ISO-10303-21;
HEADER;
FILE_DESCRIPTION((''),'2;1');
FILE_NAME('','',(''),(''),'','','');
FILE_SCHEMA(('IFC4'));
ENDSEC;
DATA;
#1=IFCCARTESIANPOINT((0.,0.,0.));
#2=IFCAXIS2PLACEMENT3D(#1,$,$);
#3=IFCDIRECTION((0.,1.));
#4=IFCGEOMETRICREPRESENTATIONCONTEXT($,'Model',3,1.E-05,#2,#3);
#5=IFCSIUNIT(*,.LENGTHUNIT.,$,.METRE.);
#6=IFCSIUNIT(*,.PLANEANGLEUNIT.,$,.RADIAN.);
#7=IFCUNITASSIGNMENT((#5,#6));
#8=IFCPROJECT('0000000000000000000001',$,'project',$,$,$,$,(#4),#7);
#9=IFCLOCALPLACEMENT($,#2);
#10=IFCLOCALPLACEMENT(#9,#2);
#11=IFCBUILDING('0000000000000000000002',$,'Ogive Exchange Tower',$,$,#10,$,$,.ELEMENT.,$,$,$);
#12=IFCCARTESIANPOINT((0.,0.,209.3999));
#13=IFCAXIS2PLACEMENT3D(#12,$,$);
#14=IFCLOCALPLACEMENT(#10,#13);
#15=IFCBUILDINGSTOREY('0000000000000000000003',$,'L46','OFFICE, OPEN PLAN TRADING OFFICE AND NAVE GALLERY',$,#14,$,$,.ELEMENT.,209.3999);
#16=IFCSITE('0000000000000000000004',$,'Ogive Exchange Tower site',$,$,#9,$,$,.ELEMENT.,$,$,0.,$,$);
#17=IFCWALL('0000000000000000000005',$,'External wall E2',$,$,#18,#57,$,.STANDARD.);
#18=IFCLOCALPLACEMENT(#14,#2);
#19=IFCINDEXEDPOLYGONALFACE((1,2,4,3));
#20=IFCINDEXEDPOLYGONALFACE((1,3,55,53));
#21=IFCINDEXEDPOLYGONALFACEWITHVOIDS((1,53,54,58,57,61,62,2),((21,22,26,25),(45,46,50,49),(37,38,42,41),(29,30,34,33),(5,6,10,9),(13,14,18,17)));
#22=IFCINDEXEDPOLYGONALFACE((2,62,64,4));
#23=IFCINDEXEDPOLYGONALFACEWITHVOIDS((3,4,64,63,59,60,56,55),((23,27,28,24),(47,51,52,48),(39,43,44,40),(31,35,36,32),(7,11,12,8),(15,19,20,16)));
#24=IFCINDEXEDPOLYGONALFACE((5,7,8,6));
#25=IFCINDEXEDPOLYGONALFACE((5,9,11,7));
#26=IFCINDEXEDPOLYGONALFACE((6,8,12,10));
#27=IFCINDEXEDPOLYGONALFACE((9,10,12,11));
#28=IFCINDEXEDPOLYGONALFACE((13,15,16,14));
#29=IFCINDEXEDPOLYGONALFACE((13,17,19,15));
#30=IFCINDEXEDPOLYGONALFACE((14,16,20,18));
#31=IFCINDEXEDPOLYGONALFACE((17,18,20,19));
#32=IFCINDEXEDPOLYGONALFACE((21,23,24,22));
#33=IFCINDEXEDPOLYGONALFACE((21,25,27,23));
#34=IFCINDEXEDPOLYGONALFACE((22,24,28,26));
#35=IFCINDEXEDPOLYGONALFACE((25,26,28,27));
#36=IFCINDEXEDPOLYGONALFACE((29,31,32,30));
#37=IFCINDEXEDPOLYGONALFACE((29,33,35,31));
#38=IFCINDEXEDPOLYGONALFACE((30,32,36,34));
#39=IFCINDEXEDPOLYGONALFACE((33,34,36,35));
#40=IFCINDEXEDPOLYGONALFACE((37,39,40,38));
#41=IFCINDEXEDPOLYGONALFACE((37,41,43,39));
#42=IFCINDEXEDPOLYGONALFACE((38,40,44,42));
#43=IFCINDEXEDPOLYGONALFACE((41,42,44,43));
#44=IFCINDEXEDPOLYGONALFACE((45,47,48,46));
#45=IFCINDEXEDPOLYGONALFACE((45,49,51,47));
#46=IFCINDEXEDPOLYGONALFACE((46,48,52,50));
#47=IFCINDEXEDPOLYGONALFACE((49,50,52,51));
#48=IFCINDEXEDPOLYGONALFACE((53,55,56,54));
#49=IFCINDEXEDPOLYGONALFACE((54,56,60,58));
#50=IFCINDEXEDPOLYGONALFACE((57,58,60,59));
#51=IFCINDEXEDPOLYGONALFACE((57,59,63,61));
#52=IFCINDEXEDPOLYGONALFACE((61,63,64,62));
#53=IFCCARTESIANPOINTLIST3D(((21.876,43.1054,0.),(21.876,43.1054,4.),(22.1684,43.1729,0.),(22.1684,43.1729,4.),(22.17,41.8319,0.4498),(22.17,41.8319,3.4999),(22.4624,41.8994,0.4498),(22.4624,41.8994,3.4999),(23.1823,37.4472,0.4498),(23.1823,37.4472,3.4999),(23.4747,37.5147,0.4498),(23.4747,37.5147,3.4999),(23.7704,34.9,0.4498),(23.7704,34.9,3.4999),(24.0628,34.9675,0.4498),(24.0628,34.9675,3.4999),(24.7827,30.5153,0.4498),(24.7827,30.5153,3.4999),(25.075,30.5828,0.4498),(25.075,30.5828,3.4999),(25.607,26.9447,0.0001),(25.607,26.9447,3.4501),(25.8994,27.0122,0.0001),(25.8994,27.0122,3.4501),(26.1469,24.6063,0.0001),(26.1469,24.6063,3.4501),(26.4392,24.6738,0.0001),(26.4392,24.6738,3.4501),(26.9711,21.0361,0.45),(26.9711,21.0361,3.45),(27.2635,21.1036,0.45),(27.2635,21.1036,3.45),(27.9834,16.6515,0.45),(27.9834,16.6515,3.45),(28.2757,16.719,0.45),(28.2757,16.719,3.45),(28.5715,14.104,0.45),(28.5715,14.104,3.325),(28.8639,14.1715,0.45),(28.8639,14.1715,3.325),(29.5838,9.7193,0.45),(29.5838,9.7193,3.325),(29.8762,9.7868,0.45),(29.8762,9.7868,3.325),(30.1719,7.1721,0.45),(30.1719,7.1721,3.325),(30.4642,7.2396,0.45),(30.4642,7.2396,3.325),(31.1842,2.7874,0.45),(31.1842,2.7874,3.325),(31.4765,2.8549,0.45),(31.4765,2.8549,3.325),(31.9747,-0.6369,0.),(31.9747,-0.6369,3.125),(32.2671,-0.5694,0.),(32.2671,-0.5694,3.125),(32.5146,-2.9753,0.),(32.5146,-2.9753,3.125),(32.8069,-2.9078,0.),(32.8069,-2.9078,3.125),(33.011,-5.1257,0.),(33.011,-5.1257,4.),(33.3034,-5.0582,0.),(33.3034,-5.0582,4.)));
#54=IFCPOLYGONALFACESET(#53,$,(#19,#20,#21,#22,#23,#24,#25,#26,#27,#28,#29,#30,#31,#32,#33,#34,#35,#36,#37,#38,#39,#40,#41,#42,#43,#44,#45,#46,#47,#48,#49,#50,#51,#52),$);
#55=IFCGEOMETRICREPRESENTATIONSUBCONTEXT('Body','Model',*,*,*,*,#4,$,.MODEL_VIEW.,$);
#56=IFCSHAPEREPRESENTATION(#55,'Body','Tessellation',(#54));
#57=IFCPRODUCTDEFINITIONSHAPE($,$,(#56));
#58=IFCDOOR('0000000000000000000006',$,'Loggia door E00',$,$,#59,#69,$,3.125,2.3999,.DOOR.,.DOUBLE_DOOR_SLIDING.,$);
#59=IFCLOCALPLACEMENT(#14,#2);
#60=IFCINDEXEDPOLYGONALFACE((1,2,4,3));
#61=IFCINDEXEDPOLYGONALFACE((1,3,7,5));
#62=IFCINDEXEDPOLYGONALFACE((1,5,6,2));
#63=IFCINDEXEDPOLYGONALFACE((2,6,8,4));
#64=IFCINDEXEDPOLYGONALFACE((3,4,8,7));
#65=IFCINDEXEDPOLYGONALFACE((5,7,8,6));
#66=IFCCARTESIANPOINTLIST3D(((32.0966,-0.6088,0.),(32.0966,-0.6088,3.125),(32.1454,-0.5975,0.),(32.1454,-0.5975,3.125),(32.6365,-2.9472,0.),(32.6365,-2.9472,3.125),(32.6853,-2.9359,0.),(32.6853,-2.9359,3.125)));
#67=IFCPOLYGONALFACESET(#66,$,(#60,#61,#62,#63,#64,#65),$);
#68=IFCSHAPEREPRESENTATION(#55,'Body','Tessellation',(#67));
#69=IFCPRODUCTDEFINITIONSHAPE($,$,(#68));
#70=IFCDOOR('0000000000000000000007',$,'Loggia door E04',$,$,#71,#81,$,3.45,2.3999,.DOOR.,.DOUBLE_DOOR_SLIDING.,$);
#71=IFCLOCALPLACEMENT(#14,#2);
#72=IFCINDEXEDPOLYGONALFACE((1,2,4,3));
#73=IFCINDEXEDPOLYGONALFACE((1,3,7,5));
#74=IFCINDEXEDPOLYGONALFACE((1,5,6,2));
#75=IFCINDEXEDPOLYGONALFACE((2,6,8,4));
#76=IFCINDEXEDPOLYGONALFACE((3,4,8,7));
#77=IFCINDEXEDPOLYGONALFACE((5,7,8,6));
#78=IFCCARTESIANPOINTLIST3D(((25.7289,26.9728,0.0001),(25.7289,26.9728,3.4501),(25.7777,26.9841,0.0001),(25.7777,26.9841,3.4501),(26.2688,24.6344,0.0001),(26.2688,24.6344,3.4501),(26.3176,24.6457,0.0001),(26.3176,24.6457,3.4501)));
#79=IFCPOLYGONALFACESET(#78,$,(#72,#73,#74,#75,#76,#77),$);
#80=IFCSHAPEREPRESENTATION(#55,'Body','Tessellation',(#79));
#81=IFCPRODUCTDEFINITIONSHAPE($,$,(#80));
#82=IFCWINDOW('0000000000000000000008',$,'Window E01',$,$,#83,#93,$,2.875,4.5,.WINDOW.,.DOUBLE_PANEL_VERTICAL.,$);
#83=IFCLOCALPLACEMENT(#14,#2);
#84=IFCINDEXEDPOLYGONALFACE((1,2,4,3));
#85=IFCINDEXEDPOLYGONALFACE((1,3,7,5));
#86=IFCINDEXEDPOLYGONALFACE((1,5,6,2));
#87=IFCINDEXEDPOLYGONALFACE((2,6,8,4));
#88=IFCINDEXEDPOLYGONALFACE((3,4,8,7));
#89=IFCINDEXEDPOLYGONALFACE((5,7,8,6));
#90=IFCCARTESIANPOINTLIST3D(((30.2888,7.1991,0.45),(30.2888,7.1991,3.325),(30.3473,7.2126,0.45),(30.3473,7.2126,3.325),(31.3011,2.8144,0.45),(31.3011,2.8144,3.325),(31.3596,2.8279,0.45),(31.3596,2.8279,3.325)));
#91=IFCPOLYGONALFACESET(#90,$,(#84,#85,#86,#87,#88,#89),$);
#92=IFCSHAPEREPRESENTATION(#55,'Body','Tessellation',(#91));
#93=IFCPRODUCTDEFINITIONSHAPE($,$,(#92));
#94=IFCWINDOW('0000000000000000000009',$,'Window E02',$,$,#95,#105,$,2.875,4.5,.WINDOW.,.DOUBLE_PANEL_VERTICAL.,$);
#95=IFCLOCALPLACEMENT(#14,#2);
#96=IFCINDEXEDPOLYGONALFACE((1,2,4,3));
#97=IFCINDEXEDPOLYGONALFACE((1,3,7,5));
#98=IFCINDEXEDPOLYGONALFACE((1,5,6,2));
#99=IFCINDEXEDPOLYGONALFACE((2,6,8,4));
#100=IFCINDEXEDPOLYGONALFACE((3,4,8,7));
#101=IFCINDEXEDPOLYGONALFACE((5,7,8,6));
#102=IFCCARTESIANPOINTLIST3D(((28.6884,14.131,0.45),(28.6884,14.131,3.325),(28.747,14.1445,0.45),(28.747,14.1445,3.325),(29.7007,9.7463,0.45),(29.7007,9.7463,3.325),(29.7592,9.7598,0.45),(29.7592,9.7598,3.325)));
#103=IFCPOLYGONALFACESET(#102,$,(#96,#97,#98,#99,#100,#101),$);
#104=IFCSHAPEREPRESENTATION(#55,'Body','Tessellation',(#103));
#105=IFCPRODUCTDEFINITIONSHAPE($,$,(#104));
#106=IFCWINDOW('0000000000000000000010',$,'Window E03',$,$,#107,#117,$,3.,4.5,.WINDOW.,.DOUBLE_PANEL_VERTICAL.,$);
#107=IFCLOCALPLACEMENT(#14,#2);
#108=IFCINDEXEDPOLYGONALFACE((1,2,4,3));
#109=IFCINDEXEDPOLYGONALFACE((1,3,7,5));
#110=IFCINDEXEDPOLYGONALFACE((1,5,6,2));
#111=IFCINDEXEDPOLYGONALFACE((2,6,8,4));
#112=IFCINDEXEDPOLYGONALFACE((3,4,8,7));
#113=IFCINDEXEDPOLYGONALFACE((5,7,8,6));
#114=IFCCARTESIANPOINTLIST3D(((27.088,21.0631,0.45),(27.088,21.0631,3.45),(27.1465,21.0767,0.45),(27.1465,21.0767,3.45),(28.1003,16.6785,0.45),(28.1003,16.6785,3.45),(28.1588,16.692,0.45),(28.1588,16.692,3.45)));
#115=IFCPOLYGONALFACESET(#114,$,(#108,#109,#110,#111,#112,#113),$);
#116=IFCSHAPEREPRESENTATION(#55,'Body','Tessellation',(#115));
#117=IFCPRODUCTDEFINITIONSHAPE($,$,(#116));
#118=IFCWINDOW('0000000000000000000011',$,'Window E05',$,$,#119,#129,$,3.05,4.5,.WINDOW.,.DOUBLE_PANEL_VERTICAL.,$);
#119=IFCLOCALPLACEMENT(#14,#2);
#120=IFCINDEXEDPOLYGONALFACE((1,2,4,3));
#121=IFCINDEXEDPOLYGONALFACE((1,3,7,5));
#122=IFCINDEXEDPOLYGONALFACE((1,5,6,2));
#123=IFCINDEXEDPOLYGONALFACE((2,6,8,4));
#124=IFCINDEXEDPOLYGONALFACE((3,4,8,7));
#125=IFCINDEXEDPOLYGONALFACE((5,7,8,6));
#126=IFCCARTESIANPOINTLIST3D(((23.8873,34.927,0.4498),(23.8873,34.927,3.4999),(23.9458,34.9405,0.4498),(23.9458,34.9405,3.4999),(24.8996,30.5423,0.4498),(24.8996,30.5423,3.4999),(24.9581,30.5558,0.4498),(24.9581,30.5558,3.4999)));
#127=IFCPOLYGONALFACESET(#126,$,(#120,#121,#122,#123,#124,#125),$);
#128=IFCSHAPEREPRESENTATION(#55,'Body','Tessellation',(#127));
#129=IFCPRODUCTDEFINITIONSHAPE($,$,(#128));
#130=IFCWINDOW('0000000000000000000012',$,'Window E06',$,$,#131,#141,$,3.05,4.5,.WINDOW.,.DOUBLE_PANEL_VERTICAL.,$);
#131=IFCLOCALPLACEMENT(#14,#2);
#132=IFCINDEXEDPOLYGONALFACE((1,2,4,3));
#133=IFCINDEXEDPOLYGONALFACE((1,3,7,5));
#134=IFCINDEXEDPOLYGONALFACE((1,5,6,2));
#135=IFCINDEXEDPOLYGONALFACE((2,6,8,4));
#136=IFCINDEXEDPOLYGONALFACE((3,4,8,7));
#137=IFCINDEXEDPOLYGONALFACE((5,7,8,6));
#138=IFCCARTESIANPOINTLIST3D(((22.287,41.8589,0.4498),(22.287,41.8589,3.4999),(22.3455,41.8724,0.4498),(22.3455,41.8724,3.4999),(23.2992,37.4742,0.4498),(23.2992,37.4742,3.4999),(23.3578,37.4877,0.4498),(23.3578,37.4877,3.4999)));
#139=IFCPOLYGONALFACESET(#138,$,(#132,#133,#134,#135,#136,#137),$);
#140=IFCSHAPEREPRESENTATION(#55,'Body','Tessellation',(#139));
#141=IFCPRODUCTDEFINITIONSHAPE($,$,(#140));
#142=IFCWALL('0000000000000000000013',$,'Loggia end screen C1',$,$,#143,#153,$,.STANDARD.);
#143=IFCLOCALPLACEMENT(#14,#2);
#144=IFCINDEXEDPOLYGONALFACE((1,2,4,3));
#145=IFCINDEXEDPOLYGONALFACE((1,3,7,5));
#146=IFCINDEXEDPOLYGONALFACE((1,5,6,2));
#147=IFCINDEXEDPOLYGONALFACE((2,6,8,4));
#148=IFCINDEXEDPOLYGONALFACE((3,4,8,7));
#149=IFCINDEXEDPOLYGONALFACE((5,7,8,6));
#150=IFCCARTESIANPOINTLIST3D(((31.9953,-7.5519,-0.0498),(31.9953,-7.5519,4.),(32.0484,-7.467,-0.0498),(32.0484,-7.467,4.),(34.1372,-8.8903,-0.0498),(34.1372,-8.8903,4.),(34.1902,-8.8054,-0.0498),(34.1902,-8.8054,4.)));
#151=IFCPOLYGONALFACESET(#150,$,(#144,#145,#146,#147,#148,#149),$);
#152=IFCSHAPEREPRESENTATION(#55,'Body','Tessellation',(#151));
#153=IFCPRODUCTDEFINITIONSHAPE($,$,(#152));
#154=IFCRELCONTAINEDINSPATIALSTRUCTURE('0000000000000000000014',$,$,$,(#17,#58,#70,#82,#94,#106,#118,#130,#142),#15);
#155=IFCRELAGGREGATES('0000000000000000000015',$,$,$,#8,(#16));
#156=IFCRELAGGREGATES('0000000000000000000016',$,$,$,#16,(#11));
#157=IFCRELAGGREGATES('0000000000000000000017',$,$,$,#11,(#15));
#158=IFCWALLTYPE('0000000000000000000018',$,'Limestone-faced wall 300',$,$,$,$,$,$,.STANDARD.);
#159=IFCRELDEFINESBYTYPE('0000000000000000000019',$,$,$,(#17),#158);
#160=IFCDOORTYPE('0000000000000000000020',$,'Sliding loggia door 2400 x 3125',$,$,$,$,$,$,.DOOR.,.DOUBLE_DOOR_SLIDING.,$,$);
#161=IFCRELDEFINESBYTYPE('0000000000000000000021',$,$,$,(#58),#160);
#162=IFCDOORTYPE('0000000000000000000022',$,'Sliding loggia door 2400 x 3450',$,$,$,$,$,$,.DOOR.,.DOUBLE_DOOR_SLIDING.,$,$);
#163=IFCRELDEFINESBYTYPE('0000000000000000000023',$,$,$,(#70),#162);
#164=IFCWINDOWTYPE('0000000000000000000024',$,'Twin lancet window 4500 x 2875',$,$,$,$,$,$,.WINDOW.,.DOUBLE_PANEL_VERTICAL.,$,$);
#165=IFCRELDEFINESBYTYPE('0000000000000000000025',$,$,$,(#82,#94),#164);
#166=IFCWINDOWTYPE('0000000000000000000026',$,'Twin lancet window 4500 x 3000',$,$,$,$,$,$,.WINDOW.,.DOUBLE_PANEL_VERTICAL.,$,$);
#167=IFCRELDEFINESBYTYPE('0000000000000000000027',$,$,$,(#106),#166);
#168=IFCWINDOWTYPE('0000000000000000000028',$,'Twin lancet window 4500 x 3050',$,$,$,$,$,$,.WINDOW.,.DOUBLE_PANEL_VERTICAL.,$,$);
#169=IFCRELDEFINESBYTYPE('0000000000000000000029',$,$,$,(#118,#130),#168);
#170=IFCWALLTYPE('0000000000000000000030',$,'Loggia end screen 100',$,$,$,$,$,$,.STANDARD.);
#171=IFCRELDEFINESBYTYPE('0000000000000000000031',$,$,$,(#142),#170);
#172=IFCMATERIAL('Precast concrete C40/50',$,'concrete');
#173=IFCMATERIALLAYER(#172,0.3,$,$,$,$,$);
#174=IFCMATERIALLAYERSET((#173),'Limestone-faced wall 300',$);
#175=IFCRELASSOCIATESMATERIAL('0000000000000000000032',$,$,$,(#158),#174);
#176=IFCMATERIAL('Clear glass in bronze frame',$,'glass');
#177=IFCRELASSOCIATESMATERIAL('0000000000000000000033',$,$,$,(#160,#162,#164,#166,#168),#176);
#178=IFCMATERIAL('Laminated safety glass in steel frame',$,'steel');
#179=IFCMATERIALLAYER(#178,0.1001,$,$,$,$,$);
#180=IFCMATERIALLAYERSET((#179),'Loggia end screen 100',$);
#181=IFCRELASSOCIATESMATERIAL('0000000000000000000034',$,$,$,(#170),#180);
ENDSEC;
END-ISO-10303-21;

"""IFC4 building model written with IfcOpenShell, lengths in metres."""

from ifc_helpers import new_model, si_unit, direction, frame, frame_2d, origin, place, context, subcontext, project, spatial, rectangle, extrude, material, layer, layer_set, type_object, element, fill, save


model = new_model("IFC4")

# Units and contexts
model_context = context("Model", 3, precision=1e-05, world=origin(), true_north=direction((0.0, 1.0)))
body_context = subcontext(model_context, "Body", "Model", "MODEL_VIEW")
ifc_project = project(units=[si_unit("LENGTHUNIT", "METRE"), si_unit("PLANEANGLEUNIT", "RADIAN")], contexts=[model_context])

# Site, building, storey
site_placement = place(None, origin())
site = spatial("IfcSite", under=ifc_project, at=site_placement, Name="Ogive Exchange Tower site", CompositionType="ELEMENT", RefElevation=0.0)
building_placement = place(site_placement, origin())
building = spatial("IfcBuilding", under=site, at=building_placement, Name="Ogive Exchange Tower", CompositionType="ELEMENT")
storey_placement = place(building_placement, frame((0.0, 0.0, 209.3999)))
storey = spatial("IfcBuildingStorey", under=building, at=storey_placement, Name="L46", Description="OFFICE, OPEN PLAN TRADING OFFICE AND NAVE GALLERY", CompositionType="ELEMENT", Elevation=209.3999)

# Wall, openings, doors, windows
ifc_material_1 = material(Name="Precast concrete C40/50", Category="concrete")
ifc_layer_1 = layer(ifc_material_1, 0.3)
ifc_layer_set_1 = layer_set([ifc_layer_1], Name="Limestone-faced wall 300")
wall_type_1 = type_object("IfcWallType", Name="Limestone-faced wall 300", PredefinedType="STANDARD", material=ifc_layer_set_1)
wall_1_placement = place(storey_placement, frame((33.1572, -5.092, 0.0), z_axis=(0.0, 0.0, 1.0), x_axis=(-0.22495, 0.97437, 0.0)))
wall_1 = element("IfcWall", 1, at=wall_1_placement, inside=storey, type_object=wall_type_1, Name="External wall E2", PredefinedType="STANDARD", context=body_context, shape_type="SweptSolid", body=[
    extrude(rectangle(XDim=49.4998, YDim=0.3, at=frame_2d((24.75, 0.0))), origin(), (0.0, 0.0, 1.0), 4.0),
])
opening_1_placement = place(wall_1_placement, frame((2.207, 0.0, 0.0)))
opening_1 = element("IfcOpeningElement", 2, at=opening_1_placement, cuts=wall_1, PredefinedType="OPENING", context=body_context, shape_type="SweptSolid", body=[
    extrude(rectangle(XDim=2.3999, YDim=3.125, at=frame_2d((1.2, 1.5625))), frame((0.0, 0.1599, 0.0), z_axis=(0.0, -1.0, 0.0), x_axis=(1.0, 0.0, 0.0)), (0.0, 0.0, 1.0), 0.3201),
])
opening_2_placement = place(wall_1_placement, frame((8.1213, 0.0, 0.45)))
opening_2 = element("IfcOpeningElement", 3, at=opening_2_placement, cuts=wall_1, PredefinedType="OPENING", context=body_context, shape_type="SweptSolid", body=[
    extrude(rectangle(XDim=4.5, YDim=2.875, at=frame_2d((2.25, 1.4375))), frame((0.0, 0.1599, 0.0), z_axis=(0.0, -1.0, 0.0), x_axis=(1.0, 0.0, 0.0)), (0.0, 0.0, 1.0), 0.3201),
])
opening_3_placement = place(wall_1_placement, frame((15.2356, 0.0, 0.45)))
opening_3 = element("IfcOpeningElement", 4, at=opening_3_placement, cuts=wall_1, PredefinedType="OPENING", context=body_context, shape_type="SweptSolid", body=[
    extrude(rectangle(XDim=4.5, YDim=2.875, at=frame_2d((2.25, 1.4375))), frame((0.0, 0.1599, 0.0), z_axis=(0.0, -1.0, 0.0), x_axis=(1.0, 0.0, 0.0)), (0.0, 0.0, 1.0), 0.3201),
])
opening_4_placement = place(wall_1_placement, frame((22.3501, 0.0, 0.45)))
opening_4 = element("IfcOpeningElement", 5, at=opening_4_placement, cuts=wall_1, PredefinedType="OPENING", context=body_context, shape_type="SweptSolid", body=[
    extrude(rectangle(XDim=4.5, YDim=3.0, at=frame_2d((2.25, 1.5))), frame((0.0, 0.1599, 0.0), z_axis=(0.0, -1.0, 0.0), x_axis=(1.0, 0.0, 0.0)), (0.0, 0.0, 1.0), 0.3201),
])
opening_5_placement = place(wall_1_placement, frame((30.5142, 0.0, 0.0)))
opening_5 = element("IfcOpeningElement", 6, at=opening_5_placement, cuts=wall_1, PredefinedType="OPENING", context=body_context, shape_type="SweptSolid", body=[
    extrude(rectangle(XDim=2.3999, YDim=3.45, at=frame_2d((1.2, 1.7251))), frame((0.0, 0.1599, 0.0), z_axis=(0.0, -1.0, 0.0), x_axis=(1.0, 0.0, 0.0)), (0.0, 0.0, 1.0), 0.3201),
])
opening_6_placement = place(wall_1_placement, frame((36.5786, 0.0, 0.45)))
opening_6 = element("IfcOpeningElement", 7, at=opening_6_placement, cuts=wall_1, PredefinedType="OPENING", context=body_context, shape_type="SweptSolid", body=[
    extrude(rectangle(XDim=4.5, YDim=3.05, at=frame_2d((2.25, 1.5249))), frame((0.0, 0.1599, 0.0), z_axis=(0.0, -1.0, 0.0), x_axis=(1.0, 0.0, 0.0)), (0.0, 0.0, 1.0), 0.3201),
])
opening_7_placement = place(wall_1_placement, frame((43.6929, 0.0, 0.45)))
opening_7 = element("IfcOpeningElement", 8, at=opening_7_placement, cuts=wall_1, PredefinedType="OPENING", context=body_context, shape_type="SweptSolid", body=[
    extrude(rectangle(XDim=4.5, YDim=3.05, at=frame_2d((2.25, 1.5249))), frame((0.0, 0.1599, 0.0), z_axis=(0.0, -1.0, 0.0), x_axis=(1.0, 0.0, 0.0)), (0.0, 0.0, 1.0), 0.3201),
])
ifc_material_2 = material(Name="Clear glass in bronze frame", Category="glass")
door_type_1 = type_object("IfcDoorType", Name="Sliding loggia door 2400 x 3125", OperationType="DOUBLE_DOOR_SLIDING", PredefinedType="DOOR", material=ifc_material_2)
door_1_placement = place(opening_1_placement, origin())
door_1 = element("IfcDoor", 9, at=door_1_placement, inside=storey, type_object=door_type_1, Name="Loggia door E00", OperationType="DOUBLE_DOOR_SLIDING", OverallHeight=3.125, OverallWidth=2.3999, PredefinedType="DOOR", context=body_context, shape_type="SweptSolid", body=[
    extrude(rectangle(XDim=2.3999, YDim=3.125, at=frame_2d((1.2, 1.5625))), frame((0.0, 0.0249, 0.0), z_axis=(0.0, -1.0, 0.0), x_axis=(1.0, 0.0, 0.0)), (0.0, 0.0, 1.0), 0.05),
])
fill(opening_1, door_1)
door_type_2 = type_object("IfcDoorType", Name="Sliding loggia door 2400 x 3450", OperationType="DOUBLE_DOOR_SLIDING", PredefinedType="DOOR", material=ifc_material_2)
door_2_placement = place(opening_5_placement, origin())
door_2 = element("IfcDoor", 10, at=door_2_placement, inside=storey, type_object=door_type_2, Name="Loggia door E04", OperationType="DOUBLE_DOOR_SLIDING", OverallHeight=3.45, OverallWidth=2.3999, PredefinedType="DOOR", context=body_context, shape_type="SweptSolid", body=[
    extrude(rectangle(XDim=2.3999, YDim=3.45, at=frame_2d((1.2, 1.7251))), frame((0.0, 0.0249, 0.0), z_axis=(0.0, -1.0, 0.0), x_axis=(1.0, 0.0, 0.0)), (0.0, 0.0, 1.0), 0.05),
])
fill(opening_5, door_2)
window_type_1 = type_object("IfcWindowType", Name="Twin lancet window 4500 x 2875", PartitioningType="DOUBLE_PANEL_VERTICAL", PredefinedType="WINDOW", material=ifc_material_2)
window_1_placement = place(opening_2_placement, origin())
window_1 = element("IfcWindow", 11, at=window_1_placement, inside=storey, type_object=window_type_1, Name="Window E01", OverallHeight=2.875, OverallWidth=4.5, PartitioningType="DOUBLE_PANEL_VERTICAL", PredefinedType="WINDOW", context=body_context, shape_type="SweptSolid", body=[
    extrude(rectangle(XDim=4.5, YDim=2.875, at=frame_2d((2.25, 1.4375))), frame((0.0, 0.03, 0.0), z_axis=(0.0, -1.0, 0.0), x_axis=(1.0, 0.0, 0.0)), (0.0, 0.0, 1.0), 0.0601),
])
fill(opening_2, window_1)
window_2_placement = place(opening_3_placement, origin())
window_2 = element("IfcWindow", 12, at=window_2_placement, inside=storey, type_object=window_type_1, Name="Window E02", OverallHeight=2.875, OverallWidth=4.5, PartitioningType="DOUBLE_PANEL_VERTICAL", PredefinedType="WINDOW", context=body_context, shape_type="SweptSolid", body=[
    extrude(rectangle(XDim=4.5, YDim=2.875, at=frame_2d((2.25, 1.4375))), frame((0.0, 0.03, 0.0), z_axis=(0.0, -1.0, 0.0), x_axis=(1.0, 0.0, 0.0)), (0.0, 0.0, 1.0), 0.0601),
])
fill(opening_3, window_2)
window_type_2 = type_object("IfcWindowType", Name="Twin lancet window 4500 x 3000", PartitioningType="DOUBLE_PANEL_VERTICAL", PredefinedType="WINDOW", material=ifc_material_2)
window_3_placement = place(opening_4_placement, origin())
window_3 = element("IfcWindow", 13, at=window_3_placement, inside=storey, type_object=window_type_2, Name="Window E03", OverallHeight=3.0, OverallWidth=4.5, PartitioningType="DOUBLE_PANEL_VERTICAL", PredefinedType="WINDOW", context=body_context, shape_type="SweptSolid", body=[
    extrude(rectangle(XDim=4.5, YDim=3.0, at=frame_2d((2.25, 1.5))), frame((0.0, 0.03, 0.0), z_axis=(0.0, -1.0, 0.0), x_axis=(1.0, 0.0, 0.0)), (0.0, 0.0, 1.0), 0.0601),
])
fill(opening_4, window_3)
window_type_3 = type_object("IfcWindowType", Name="Twin lancet window 4500 x 3050", PartitioningType="DOUBLE_PANEL_VERTICAL", PredefinedType="WINDOW", material=ifc_material_2)
window_4_placement = place(opening_6_placement, origin())
window_4 = element("IfcWindow", 14, at=window_4_placement, inside=storey, type_object=window_type_3, Name="Window E05", OverallHeight=3.05, OverallWidth=4.5, PartitioningType="DOUBLE_PANEL_VERTICAL", PredefinedType="WINDOW", context=body_context, shape_type="SweptSolid", body=[
    extrude(rectangle(XDim=4.5, YDim=3.05, at=frame_2d((2.25, 1.5249))), frame((0.0, 0.03, 0.0), z_axis=(0.0, -1.0, 0.0), x_axis=(1.0, 0.0, 0.0)), (0.0, 0.0, 1.0), 0.0601),
])
fill(opening_6, window_4)
window_5_placement = place(opening_7_placement, origin())
window_5 = element("IfcWindow", 15, at=window_5_placement, inside=storey, type_object=window_type_3, Name="Window E06", OverallHeight=3.05, OverallWidth=4.5, PartitioningType="DOUBLE_PANEL_VERTICAL", PredefinedType="WINDOW", context=body_context, shape_type="SweptSolid", body=[
    extrude(rectangle(XDim=4.5, YDim=3.05, at=frame_2d((2.25, 1.5249))), frame((0.0, 0.03, 0.0), z_axis=(0.0, -1.0, 0.0), x_axis=(1.0, 0.0, 0.0)), (0.0, 0.0, 1.0), 0.0601),
])
fill(opening_7, window_5)

# Wall
ifc_material_3 = material(Name="Laminated safety glass in steel frame", Category="steel")
ifc_layer_2 = layer(ifc_material_3, 0.1001)
ifc_layer_set_2 = layer_set([ifc_layer_2], Name="Loggia end screen 100")
wall_type_2 = type_object("IfcWallType", Name="Loggia end screen 100", PredefinedType="STANDARD", material=ifc_layer_set_2)
wall_2_placement = place(storey_placement, frame((32.022, -7.5095, -0.0498), z_axis=(0.0, 0.0, 1.0), x_axis=(0.848047, -0.529921, 0.0)))
element("IfcWall", 16, at=wall_2_placement, inside=storey, type_object=wall_type_2, Name="Loggia end screen C1", PredefinedType="STANDARD", context=body_context, shape_type="SweptSolid", body=[
    extrude(rectangle(XDim=2.5256, YDim=0.1001, at=frame_2d((1.2627, 0.0))), origin(), (0.0, 0.0, 1.0), 4.0498),
])

save(model, "model.ifc")
